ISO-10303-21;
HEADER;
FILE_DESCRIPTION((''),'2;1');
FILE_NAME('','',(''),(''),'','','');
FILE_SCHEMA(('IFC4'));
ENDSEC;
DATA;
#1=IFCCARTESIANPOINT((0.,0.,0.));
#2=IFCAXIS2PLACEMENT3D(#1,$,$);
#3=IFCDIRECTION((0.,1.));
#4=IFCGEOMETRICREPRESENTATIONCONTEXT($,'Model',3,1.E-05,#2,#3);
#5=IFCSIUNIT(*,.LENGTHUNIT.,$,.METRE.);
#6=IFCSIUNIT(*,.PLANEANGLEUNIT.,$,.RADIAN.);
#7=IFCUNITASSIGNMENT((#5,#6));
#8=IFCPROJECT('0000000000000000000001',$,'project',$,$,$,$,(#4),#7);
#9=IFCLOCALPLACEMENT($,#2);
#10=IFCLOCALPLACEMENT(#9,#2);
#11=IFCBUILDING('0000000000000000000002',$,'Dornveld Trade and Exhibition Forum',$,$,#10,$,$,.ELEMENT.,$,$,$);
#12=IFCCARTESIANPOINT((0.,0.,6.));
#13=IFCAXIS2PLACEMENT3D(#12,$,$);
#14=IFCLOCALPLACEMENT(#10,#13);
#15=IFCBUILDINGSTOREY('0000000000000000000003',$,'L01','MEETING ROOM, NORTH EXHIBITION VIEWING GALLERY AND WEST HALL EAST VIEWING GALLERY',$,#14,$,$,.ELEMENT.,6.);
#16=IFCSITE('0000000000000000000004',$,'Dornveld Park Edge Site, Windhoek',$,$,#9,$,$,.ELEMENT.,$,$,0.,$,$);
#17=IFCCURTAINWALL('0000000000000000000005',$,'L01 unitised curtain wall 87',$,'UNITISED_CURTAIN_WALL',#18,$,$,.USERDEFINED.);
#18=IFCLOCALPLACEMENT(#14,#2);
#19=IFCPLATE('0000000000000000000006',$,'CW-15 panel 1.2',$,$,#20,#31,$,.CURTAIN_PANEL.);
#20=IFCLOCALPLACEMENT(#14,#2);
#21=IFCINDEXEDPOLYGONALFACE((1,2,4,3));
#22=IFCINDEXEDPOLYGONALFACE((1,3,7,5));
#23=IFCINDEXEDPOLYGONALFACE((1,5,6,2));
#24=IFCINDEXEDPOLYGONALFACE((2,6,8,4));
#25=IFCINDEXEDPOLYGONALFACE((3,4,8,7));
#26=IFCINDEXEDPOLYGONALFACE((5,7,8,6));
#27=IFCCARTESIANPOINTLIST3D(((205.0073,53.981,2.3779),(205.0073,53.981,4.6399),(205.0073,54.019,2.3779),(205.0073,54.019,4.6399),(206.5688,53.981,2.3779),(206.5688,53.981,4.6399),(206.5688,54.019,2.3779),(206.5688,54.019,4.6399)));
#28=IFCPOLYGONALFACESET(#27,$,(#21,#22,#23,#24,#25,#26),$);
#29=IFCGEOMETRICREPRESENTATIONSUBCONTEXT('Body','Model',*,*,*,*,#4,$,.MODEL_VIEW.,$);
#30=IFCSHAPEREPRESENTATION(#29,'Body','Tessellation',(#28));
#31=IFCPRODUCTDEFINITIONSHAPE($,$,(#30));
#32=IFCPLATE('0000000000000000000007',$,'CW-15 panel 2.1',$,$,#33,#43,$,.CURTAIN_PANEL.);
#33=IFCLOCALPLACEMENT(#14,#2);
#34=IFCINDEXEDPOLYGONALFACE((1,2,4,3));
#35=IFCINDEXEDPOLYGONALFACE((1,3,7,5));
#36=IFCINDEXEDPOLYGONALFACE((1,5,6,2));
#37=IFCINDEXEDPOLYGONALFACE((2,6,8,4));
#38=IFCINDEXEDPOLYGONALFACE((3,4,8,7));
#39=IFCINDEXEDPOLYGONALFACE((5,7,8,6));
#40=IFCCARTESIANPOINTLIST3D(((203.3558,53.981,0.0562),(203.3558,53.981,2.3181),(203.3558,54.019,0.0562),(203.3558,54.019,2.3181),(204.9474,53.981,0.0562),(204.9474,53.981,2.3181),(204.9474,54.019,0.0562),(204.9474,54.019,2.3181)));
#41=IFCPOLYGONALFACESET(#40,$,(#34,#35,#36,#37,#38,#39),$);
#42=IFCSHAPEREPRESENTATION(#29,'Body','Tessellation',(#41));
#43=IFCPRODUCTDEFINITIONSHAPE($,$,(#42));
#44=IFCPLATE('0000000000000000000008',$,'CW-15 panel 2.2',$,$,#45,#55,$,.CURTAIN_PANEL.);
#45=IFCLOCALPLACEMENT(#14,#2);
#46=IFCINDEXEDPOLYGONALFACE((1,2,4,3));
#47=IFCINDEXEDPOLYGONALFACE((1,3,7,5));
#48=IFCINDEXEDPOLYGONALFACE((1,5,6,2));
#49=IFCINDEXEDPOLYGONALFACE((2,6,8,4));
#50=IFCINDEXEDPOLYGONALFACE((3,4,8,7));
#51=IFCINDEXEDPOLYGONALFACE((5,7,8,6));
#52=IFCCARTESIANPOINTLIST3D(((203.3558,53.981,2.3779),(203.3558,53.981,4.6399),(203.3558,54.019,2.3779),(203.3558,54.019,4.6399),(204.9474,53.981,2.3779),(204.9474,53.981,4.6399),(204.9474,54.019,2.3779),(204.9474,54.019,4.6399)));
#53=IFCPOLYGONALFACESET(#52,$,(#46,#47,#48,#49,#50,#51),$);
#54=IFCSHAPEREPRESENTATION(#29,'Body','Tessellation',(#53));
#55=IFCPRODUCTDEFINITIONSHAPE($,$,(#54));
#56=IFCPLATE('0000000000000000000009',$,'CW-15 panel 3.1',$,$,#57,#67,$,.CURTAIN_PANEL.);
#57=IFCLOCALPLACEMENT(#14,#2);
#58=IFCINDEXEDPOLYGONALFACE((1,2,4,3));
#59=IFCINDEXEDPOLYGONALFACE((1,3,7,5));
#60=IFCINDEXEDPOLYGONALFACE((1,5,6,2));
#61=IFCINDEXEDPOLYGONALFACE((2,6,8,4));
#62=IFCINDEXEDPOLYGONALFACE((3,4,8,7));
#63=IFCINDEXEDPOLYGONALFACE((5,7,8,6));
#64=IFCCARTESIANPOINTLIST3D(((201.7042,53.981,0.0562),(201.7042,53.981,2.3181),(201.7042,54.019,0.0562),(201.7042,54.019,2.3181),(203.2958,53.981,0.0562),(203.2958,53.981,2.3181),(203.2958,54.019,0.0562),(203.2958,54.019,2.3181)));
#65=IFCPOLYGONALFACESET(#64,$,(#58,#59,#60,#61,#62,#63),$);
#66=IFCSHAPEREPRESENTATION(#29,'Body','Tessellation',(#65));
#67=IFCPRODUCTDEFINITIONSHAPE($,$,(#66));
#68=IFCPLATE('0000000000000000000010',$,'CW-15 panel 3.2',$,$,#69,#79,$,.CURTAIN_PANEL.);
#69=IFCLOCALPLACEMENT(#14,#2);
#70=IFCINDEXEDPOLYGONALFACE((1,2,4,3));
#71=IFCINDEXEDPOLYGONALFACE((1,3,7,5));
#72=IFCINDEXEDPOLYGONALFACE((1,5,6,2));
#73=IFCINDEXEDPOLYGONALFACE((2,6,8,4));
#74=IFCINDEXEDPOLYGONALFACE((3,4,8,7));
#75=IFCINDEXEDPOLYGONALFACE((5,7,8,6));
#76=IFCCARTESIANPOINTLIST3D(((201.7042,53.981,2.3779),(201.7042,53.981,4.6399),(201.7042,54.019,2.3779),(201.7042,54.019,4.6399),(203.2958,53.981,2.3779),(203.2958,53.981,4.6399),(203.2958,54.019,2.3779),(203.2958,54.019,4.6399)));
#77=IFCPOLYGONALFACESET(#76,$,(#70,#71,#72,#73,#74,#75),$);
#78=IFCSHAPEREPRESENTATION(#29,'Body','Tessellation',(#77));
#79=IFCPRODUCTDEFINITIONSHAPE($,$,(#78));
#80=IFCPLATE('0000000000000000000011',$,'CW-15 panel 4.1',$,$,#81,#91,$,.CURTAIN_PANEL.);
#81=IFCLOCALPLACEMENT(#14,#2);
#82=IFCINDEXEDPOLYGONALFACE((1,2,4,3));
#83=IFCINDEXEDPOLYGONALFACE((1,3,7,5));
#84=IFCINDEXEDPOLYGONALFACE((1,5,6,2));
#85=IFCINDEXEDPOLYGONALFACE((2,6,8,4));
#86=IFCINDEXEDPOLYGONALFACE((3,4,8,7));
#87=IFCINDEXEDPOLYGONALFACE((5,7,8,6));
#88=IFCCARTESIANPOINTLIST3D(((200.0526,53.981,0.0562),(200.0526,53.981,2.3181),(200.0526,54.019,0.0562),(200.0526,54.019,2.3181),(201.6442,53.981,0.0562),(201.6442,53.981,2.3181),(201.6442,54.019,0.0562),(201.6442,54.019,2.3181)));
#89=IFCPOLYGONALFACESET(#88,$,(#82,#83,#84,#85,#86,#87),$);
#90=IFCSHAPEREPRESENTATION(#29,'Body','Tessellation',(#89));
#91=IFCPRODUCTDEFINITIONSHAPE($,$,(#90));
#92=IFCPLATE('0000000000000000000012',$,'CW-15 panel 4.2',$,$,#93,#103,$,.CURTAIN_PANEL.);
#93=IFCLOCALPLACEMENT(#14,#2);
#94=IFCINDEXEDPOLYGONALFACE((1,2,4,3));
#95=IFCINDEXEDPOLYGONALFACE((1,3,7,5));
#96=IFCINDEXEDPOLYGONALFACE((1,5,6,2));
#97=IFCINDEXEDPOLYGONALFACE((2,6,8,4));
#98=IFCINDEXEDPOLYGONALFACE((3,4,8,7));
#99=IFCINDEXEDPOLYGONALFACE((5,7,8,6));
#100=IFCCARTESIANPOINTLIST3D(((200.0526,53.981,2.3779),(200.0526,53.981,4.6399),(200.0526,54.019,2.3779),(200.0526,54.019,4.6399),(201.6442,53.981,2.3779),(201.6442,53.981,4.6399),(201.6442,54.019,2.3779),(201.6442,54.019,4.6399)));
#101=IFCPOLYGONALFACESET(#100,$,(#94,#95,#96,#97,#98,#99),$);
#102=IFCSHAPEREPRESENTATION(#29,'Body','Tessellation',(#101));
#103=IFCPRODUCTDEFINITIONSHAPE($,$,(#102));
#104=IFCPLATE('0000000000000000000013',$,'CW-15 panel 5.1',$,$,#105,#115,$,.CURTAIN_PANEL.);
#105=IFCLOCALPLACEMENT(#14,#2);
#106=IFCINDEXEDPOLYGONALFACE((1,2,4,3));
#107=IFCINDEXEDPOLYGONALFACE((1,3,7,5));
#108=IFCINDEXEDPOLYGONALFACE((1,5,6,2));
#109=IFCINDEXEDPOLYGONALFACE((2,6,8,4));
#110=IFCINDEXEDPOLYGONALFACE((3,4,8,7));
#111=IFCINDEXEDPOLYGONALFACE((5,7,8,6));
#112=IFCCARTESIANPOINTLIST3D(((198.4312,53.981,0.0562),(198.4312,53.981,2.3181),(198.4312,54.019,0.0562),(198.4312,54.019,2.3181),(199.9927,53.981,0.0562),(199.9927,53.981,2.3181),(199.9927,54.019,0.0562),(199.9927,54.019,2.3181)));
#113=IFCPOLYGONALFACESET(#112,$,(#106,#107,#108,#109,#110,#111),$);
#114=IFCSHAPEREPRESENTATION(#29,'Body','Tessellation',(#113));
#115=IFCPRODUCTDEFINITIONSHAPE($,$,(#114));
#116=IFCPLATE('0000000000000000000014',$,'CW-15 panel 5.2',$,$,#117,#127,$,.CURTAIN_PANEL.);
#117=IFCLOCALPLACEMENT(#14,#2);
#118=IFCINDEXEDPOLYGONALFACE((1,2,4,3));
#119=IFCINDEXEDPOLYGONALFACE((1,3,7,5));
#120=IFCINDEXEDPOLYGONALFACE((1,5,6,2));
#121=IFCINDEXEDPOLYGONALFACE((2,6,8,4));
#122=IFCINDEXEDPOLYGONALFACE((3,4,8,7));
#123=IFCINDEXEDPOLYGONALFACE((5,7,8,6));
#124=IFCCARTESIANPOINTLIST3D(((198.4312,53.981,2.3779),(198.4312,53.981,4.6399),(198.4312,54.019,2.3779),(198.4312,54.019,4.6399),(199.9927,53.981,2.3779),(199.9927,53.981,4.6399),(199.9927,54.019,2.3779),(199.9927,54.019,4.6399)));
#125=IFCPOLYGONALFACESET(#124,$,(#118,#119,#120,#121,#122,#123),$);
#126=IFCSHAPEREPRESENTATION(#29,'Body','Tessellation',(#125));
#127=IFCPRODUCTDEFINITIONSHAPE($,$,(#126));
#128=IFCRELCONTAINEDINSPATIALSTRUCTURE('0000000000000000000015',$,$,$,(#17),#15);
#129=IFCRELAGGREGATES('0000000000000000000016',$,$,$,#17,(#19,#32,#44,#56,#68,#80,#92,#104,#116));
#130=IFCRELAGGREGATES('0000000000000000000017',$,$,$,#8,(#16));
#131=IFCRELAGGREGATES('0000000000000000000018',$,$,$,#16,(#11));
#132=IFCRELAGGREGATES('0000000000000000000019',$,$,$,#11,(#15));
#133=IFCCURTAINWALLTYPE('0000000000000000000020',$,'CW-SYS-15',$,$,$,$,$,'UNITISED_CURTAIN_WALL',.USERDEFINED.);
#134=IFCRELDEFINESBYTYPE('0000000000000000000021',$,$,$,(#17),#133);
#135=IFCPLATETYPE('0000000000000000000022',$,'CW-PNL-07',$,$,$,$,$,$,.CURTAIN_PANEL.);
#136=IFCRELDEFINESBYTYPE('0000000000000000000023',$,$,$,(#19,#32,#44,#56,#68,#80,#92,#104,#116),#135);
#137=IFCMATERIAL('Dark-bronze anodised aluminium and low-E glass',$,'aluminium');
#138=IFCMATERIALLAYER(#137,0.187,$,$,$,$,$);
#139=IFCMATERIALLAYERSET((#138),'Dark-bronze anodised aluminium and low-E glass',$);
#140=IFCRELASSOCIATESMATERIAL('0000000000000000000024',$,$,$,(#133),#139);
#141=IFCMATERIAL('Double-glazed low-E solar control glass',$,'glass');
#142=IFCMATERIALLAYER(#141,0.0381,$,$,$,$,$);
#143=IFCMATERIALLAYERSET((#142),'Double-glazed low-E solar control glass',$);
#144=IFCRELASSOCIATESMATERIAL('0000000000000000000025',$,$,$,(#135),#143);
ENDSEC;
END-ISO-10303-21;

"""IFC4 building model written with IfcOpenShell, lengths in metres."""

from ifc_helpers import new_model, si_unit, direction, frame, origin, origin_2d, place, context, subcontext, project, spatial, rectangle, extrude, material, layer, layer_set, type_object, element, aggregate, save


model = new_model("IFC4")

# Units and contexts
model_context = context("Model", 3, precision=1e-05, world=origin(), true_north=direction((0.0, 1.0)))
body_context = subcontext(model_context, "Body", "Model", "MODEL_VIEW")
ifc_project = project(units=[si_unit("LENGTHUNIT", "METRE"), si_unit("PLANEANGLEUNIT", "RADIAN")], contexts=[model_context])

# Site, building, storey
site_placement = place(None, origin())
site = spatial("IfcSite", under=ifc_project, at=site_placement, Name="Dornveld Park Edge Site, Windhoek", CompositionType="ELEMENT", RefElevation=0.0)
building_placement = place(site_placement, origin())
building = spatial("IfcBuilding", under=site, at=building_placement, Name="Dornveld Trade and Exhibition Forum", CompositionType="ELEMENT")
storey_placement = place(building_placement, frame((0.0, 0.0, 6.0)))
storey = spatial("IfcBuildingStorey", under=building, at=storey_placement, Name="L01", Description="MEETING ROOM, NORTH EXHIBITION VIEWING GALLERY AND WEST HALL EAST VIEWING GALLERY", CompositionType="ELEMENT", Elevation=6.0)

# Curtain wall, plates
ifc_material_1 = material(Name="Dark-bronze anodised aluminium and low-E glass", Category="aluminium")
ifc_layer_1 = layer(ifc_material_1, 0.187)
ifc_layer_set_1 = layer_set([ifc_layer_1], Name="Dark-bronze anodised aluminium and low-E glass")
curtain_wall_type = type_object("IfcCurtainWallType", Name="CW-SYS-15", ElementType="UNITISED_CURTAIN_WALL", PredefinedType="USERDEFINED", material=ifc_layer_set_1)
curtain_wall_placement = place(storey_placement, origin())
curtain_wall = element("IfcCurtainWall", 1, at=curtain_wall_placement, inside=storey, type_object=curtain_wall_type, Name="L01 unitised curtain wall 87", ObjectType="UNITISED_CURTAIN_WALL", PredefinedType="USERDEFINED")
ifc_material_2 = material(Name="Double-glazed low-E solar control glass", Category="glass")
ifc_layer_2 = layer(ifc_material_2, 0.0381)
ifc_layer_set_2 = layer_set([ifc_layer_2], Name="Double-glazed low-E solar control glass")
plate_type = type_object("IfcPlateType", Name="CW-PNL-07", PredefinedType="CURTAIN_PANEL", material=ifc_layer_set_2)
plate_1_placement = place(storey_placement, frame((205.7881, 54.0, 2.3779), z_axis=(0.0, 0.0, 1.0), x_axis=(-1.0, 0.0, 0.0)))
plate_1 = element("IfcPlate", 2, at=plate_1_placement, type_object=plate_type, Name="CW-15 panel 1.2", PredefinedType="CURTAIN_PANEL", context=body_context, shape_type="SweptSolid", body=[
    extrude(rectangle(XDim=1.5615, YDim=0.0381, at=origin_2d()), origin(), (0.0, 0.0, 1.0), 2.262),
])
plate_2_placement = place(storey_placement, frame((204.1516, 54.0, 0.0562), z_axis=(0.0, 0.0, 1.0), x_axis=(-1.0, 0.0, 0.0)))
plate_2 = element("IfcPlate", 3, at=plate_2_placement, type_object=plate_type, Name="CW-15 panel 2.1", PredefinedType="CURTAIN_PANEL", context=body_context, shape_type="SweptSolid", body=[
    extrude(rectangle(XDim=1.5916, YDim=0.0381, at=origin_2d()), origin(), (0.0, 0.0, 1.0), 2.262),
])
plate_3_placement = place(storey_placement, frame((204.1516, 54.0, 2.3779), z_axis=(0.0, 0.0, 1.0), x_axis=(-1.0, 0.0, 0.0)))
plate_3 = element("IfcPlate", 4, at=plate_3_placement, type_object=plate_type, Name="CW-15 panel 2.2", PredefinedType="CURTAIN_PANEL", context=body_context, shape_type="SweptSolid", body=[
    extrude(rectangle(XDim=1.5916, YDim=0.0381, at=origin_2d()), origin(), (0.0, 0.0, 1.0), 2.262),
])
plate_4_placement = place(storey_placement, frame((202.5, 54.0, 0.0562), z_axis=(0.0, 0.0, 1.0), x_axis=(-1.0, 0.0, 0.0)))
plate_4 = element("IfcPlate", 5, at=plate_4_placement, type_object=plate_type, Name="CW-15 panel 3.1", PredefinedType="CURTAIN_PANEL", context=body_context, shape_type="SweptSolid", body=[
    extrude(rectangle(XDim=1.5916, YDim=0.0381, at=origin_2d()), origin(), (0.0, 0.0, 1.0), 2.262),
])
plate_5_placement = place(storey_placement, frame((202.5, 54.0, 2.3779), z_axis=(0.0, 0.0, 1.0), x_axis=(-1.0, 0.0, 0.0)))
plate_5 = element("IfcPlate", 6, at=plate_5_placement, type_object=plate_type, Name="CW-15 panel 3.2", PredefinedType="CURTAIN_PANEL", context=body_context, shape_type="SweptSolid", body=[
    extrude(rectangle(XDim=1.5916, YDim=0.0381, at=origin_2d()), origin(), (0.0, 0.0, 1.0), 2.262),
])
plate_6_placement = place(storey_placement, frame((200.8484, 54.0, 0.0562), z_axis=(0.0, 0.0, 1.0), x_axis=(-1.0, 0.0, 0.0)))
plate_6 = element("IfcPlate", 7, at=plate_6_placement, type_object=plate_type, Name="CW-15 panel 4.1", PredefinedType="CURTAIN_PANEL", context=body_context, shape_type="SweptSolid", body=[
    extrude(rectangle(XDim=1.5916, YDim=0.0381, at=origin_2d()), origin(), (0.0, 0.0, 1.0), 2.262),
])
plate_7_placement = place(storey_placement, frame((200.8484, 54.0, 2.3779), z_axis=(0.0, 0.0, 1.0), x_axis=(-1.0, 0.0, 0.0)))
plate_7 = element("IfcPlate", 8, at=plate_7_placement, type_object=plate_type, Name="CW-15 panel 4.2", PredefinedType="CURTAIN_PANEL", context=body_context, shape_type="SweptSolid", body=[
    extrude(rectangle(XDim=1.5916, YDim=0.0381, at=origin_2d()), origin(), (0.0, 0.0, 1.0), 2.262),
])
plate_8_placement = place(storey_placement, frame((199.2119, 54.0, 0.0562), z_axis=(0.0, 0.0, 1.0), x_axis=(-1.0, 0.0, 0.0)))
plate_8 = element("IfcPlate", 9, at=plate_8_placement, type_object=plate_type, Name="CW-15 panel 5.1", PredefinedType="CURTAIN_PANEL", context=body_context, shape_type="SweptSolid", body=[
    extrude(rectangle(XDim=1.5615, YDim=0.0381, at=origin_2d()), origin(), (0.0, 0.0, 1.0), 2.262),
])
plate_9_placement = place(storey_placement, frame((199.2119, 54.0, 2.3779), z_axis=(0.0, 0.0, 1.0), x_axis=(-1.0, 0.0, 0.0)))
plate_9 = element("IfcPlate", 10, at=plate_9_placement, type_object=plate_type, Name="CW-15 panel 5.2", PredefinedType="CURTAIN_PANEL", context=body_context, shape_type="SweptSolid", body=[
    extrude(rectangle(XDim=1.5615, YDim=0.0381, at=origin_2d()), origin(), (0.0, 0.0, 1.0), 2.262),
])
aggregate(curtain_wall, [plate_1, plate_2, plate_3, plate_4, plate_5, plate_6, plate_7, plate_8, plate_9])

save(model, "model.ifc")
